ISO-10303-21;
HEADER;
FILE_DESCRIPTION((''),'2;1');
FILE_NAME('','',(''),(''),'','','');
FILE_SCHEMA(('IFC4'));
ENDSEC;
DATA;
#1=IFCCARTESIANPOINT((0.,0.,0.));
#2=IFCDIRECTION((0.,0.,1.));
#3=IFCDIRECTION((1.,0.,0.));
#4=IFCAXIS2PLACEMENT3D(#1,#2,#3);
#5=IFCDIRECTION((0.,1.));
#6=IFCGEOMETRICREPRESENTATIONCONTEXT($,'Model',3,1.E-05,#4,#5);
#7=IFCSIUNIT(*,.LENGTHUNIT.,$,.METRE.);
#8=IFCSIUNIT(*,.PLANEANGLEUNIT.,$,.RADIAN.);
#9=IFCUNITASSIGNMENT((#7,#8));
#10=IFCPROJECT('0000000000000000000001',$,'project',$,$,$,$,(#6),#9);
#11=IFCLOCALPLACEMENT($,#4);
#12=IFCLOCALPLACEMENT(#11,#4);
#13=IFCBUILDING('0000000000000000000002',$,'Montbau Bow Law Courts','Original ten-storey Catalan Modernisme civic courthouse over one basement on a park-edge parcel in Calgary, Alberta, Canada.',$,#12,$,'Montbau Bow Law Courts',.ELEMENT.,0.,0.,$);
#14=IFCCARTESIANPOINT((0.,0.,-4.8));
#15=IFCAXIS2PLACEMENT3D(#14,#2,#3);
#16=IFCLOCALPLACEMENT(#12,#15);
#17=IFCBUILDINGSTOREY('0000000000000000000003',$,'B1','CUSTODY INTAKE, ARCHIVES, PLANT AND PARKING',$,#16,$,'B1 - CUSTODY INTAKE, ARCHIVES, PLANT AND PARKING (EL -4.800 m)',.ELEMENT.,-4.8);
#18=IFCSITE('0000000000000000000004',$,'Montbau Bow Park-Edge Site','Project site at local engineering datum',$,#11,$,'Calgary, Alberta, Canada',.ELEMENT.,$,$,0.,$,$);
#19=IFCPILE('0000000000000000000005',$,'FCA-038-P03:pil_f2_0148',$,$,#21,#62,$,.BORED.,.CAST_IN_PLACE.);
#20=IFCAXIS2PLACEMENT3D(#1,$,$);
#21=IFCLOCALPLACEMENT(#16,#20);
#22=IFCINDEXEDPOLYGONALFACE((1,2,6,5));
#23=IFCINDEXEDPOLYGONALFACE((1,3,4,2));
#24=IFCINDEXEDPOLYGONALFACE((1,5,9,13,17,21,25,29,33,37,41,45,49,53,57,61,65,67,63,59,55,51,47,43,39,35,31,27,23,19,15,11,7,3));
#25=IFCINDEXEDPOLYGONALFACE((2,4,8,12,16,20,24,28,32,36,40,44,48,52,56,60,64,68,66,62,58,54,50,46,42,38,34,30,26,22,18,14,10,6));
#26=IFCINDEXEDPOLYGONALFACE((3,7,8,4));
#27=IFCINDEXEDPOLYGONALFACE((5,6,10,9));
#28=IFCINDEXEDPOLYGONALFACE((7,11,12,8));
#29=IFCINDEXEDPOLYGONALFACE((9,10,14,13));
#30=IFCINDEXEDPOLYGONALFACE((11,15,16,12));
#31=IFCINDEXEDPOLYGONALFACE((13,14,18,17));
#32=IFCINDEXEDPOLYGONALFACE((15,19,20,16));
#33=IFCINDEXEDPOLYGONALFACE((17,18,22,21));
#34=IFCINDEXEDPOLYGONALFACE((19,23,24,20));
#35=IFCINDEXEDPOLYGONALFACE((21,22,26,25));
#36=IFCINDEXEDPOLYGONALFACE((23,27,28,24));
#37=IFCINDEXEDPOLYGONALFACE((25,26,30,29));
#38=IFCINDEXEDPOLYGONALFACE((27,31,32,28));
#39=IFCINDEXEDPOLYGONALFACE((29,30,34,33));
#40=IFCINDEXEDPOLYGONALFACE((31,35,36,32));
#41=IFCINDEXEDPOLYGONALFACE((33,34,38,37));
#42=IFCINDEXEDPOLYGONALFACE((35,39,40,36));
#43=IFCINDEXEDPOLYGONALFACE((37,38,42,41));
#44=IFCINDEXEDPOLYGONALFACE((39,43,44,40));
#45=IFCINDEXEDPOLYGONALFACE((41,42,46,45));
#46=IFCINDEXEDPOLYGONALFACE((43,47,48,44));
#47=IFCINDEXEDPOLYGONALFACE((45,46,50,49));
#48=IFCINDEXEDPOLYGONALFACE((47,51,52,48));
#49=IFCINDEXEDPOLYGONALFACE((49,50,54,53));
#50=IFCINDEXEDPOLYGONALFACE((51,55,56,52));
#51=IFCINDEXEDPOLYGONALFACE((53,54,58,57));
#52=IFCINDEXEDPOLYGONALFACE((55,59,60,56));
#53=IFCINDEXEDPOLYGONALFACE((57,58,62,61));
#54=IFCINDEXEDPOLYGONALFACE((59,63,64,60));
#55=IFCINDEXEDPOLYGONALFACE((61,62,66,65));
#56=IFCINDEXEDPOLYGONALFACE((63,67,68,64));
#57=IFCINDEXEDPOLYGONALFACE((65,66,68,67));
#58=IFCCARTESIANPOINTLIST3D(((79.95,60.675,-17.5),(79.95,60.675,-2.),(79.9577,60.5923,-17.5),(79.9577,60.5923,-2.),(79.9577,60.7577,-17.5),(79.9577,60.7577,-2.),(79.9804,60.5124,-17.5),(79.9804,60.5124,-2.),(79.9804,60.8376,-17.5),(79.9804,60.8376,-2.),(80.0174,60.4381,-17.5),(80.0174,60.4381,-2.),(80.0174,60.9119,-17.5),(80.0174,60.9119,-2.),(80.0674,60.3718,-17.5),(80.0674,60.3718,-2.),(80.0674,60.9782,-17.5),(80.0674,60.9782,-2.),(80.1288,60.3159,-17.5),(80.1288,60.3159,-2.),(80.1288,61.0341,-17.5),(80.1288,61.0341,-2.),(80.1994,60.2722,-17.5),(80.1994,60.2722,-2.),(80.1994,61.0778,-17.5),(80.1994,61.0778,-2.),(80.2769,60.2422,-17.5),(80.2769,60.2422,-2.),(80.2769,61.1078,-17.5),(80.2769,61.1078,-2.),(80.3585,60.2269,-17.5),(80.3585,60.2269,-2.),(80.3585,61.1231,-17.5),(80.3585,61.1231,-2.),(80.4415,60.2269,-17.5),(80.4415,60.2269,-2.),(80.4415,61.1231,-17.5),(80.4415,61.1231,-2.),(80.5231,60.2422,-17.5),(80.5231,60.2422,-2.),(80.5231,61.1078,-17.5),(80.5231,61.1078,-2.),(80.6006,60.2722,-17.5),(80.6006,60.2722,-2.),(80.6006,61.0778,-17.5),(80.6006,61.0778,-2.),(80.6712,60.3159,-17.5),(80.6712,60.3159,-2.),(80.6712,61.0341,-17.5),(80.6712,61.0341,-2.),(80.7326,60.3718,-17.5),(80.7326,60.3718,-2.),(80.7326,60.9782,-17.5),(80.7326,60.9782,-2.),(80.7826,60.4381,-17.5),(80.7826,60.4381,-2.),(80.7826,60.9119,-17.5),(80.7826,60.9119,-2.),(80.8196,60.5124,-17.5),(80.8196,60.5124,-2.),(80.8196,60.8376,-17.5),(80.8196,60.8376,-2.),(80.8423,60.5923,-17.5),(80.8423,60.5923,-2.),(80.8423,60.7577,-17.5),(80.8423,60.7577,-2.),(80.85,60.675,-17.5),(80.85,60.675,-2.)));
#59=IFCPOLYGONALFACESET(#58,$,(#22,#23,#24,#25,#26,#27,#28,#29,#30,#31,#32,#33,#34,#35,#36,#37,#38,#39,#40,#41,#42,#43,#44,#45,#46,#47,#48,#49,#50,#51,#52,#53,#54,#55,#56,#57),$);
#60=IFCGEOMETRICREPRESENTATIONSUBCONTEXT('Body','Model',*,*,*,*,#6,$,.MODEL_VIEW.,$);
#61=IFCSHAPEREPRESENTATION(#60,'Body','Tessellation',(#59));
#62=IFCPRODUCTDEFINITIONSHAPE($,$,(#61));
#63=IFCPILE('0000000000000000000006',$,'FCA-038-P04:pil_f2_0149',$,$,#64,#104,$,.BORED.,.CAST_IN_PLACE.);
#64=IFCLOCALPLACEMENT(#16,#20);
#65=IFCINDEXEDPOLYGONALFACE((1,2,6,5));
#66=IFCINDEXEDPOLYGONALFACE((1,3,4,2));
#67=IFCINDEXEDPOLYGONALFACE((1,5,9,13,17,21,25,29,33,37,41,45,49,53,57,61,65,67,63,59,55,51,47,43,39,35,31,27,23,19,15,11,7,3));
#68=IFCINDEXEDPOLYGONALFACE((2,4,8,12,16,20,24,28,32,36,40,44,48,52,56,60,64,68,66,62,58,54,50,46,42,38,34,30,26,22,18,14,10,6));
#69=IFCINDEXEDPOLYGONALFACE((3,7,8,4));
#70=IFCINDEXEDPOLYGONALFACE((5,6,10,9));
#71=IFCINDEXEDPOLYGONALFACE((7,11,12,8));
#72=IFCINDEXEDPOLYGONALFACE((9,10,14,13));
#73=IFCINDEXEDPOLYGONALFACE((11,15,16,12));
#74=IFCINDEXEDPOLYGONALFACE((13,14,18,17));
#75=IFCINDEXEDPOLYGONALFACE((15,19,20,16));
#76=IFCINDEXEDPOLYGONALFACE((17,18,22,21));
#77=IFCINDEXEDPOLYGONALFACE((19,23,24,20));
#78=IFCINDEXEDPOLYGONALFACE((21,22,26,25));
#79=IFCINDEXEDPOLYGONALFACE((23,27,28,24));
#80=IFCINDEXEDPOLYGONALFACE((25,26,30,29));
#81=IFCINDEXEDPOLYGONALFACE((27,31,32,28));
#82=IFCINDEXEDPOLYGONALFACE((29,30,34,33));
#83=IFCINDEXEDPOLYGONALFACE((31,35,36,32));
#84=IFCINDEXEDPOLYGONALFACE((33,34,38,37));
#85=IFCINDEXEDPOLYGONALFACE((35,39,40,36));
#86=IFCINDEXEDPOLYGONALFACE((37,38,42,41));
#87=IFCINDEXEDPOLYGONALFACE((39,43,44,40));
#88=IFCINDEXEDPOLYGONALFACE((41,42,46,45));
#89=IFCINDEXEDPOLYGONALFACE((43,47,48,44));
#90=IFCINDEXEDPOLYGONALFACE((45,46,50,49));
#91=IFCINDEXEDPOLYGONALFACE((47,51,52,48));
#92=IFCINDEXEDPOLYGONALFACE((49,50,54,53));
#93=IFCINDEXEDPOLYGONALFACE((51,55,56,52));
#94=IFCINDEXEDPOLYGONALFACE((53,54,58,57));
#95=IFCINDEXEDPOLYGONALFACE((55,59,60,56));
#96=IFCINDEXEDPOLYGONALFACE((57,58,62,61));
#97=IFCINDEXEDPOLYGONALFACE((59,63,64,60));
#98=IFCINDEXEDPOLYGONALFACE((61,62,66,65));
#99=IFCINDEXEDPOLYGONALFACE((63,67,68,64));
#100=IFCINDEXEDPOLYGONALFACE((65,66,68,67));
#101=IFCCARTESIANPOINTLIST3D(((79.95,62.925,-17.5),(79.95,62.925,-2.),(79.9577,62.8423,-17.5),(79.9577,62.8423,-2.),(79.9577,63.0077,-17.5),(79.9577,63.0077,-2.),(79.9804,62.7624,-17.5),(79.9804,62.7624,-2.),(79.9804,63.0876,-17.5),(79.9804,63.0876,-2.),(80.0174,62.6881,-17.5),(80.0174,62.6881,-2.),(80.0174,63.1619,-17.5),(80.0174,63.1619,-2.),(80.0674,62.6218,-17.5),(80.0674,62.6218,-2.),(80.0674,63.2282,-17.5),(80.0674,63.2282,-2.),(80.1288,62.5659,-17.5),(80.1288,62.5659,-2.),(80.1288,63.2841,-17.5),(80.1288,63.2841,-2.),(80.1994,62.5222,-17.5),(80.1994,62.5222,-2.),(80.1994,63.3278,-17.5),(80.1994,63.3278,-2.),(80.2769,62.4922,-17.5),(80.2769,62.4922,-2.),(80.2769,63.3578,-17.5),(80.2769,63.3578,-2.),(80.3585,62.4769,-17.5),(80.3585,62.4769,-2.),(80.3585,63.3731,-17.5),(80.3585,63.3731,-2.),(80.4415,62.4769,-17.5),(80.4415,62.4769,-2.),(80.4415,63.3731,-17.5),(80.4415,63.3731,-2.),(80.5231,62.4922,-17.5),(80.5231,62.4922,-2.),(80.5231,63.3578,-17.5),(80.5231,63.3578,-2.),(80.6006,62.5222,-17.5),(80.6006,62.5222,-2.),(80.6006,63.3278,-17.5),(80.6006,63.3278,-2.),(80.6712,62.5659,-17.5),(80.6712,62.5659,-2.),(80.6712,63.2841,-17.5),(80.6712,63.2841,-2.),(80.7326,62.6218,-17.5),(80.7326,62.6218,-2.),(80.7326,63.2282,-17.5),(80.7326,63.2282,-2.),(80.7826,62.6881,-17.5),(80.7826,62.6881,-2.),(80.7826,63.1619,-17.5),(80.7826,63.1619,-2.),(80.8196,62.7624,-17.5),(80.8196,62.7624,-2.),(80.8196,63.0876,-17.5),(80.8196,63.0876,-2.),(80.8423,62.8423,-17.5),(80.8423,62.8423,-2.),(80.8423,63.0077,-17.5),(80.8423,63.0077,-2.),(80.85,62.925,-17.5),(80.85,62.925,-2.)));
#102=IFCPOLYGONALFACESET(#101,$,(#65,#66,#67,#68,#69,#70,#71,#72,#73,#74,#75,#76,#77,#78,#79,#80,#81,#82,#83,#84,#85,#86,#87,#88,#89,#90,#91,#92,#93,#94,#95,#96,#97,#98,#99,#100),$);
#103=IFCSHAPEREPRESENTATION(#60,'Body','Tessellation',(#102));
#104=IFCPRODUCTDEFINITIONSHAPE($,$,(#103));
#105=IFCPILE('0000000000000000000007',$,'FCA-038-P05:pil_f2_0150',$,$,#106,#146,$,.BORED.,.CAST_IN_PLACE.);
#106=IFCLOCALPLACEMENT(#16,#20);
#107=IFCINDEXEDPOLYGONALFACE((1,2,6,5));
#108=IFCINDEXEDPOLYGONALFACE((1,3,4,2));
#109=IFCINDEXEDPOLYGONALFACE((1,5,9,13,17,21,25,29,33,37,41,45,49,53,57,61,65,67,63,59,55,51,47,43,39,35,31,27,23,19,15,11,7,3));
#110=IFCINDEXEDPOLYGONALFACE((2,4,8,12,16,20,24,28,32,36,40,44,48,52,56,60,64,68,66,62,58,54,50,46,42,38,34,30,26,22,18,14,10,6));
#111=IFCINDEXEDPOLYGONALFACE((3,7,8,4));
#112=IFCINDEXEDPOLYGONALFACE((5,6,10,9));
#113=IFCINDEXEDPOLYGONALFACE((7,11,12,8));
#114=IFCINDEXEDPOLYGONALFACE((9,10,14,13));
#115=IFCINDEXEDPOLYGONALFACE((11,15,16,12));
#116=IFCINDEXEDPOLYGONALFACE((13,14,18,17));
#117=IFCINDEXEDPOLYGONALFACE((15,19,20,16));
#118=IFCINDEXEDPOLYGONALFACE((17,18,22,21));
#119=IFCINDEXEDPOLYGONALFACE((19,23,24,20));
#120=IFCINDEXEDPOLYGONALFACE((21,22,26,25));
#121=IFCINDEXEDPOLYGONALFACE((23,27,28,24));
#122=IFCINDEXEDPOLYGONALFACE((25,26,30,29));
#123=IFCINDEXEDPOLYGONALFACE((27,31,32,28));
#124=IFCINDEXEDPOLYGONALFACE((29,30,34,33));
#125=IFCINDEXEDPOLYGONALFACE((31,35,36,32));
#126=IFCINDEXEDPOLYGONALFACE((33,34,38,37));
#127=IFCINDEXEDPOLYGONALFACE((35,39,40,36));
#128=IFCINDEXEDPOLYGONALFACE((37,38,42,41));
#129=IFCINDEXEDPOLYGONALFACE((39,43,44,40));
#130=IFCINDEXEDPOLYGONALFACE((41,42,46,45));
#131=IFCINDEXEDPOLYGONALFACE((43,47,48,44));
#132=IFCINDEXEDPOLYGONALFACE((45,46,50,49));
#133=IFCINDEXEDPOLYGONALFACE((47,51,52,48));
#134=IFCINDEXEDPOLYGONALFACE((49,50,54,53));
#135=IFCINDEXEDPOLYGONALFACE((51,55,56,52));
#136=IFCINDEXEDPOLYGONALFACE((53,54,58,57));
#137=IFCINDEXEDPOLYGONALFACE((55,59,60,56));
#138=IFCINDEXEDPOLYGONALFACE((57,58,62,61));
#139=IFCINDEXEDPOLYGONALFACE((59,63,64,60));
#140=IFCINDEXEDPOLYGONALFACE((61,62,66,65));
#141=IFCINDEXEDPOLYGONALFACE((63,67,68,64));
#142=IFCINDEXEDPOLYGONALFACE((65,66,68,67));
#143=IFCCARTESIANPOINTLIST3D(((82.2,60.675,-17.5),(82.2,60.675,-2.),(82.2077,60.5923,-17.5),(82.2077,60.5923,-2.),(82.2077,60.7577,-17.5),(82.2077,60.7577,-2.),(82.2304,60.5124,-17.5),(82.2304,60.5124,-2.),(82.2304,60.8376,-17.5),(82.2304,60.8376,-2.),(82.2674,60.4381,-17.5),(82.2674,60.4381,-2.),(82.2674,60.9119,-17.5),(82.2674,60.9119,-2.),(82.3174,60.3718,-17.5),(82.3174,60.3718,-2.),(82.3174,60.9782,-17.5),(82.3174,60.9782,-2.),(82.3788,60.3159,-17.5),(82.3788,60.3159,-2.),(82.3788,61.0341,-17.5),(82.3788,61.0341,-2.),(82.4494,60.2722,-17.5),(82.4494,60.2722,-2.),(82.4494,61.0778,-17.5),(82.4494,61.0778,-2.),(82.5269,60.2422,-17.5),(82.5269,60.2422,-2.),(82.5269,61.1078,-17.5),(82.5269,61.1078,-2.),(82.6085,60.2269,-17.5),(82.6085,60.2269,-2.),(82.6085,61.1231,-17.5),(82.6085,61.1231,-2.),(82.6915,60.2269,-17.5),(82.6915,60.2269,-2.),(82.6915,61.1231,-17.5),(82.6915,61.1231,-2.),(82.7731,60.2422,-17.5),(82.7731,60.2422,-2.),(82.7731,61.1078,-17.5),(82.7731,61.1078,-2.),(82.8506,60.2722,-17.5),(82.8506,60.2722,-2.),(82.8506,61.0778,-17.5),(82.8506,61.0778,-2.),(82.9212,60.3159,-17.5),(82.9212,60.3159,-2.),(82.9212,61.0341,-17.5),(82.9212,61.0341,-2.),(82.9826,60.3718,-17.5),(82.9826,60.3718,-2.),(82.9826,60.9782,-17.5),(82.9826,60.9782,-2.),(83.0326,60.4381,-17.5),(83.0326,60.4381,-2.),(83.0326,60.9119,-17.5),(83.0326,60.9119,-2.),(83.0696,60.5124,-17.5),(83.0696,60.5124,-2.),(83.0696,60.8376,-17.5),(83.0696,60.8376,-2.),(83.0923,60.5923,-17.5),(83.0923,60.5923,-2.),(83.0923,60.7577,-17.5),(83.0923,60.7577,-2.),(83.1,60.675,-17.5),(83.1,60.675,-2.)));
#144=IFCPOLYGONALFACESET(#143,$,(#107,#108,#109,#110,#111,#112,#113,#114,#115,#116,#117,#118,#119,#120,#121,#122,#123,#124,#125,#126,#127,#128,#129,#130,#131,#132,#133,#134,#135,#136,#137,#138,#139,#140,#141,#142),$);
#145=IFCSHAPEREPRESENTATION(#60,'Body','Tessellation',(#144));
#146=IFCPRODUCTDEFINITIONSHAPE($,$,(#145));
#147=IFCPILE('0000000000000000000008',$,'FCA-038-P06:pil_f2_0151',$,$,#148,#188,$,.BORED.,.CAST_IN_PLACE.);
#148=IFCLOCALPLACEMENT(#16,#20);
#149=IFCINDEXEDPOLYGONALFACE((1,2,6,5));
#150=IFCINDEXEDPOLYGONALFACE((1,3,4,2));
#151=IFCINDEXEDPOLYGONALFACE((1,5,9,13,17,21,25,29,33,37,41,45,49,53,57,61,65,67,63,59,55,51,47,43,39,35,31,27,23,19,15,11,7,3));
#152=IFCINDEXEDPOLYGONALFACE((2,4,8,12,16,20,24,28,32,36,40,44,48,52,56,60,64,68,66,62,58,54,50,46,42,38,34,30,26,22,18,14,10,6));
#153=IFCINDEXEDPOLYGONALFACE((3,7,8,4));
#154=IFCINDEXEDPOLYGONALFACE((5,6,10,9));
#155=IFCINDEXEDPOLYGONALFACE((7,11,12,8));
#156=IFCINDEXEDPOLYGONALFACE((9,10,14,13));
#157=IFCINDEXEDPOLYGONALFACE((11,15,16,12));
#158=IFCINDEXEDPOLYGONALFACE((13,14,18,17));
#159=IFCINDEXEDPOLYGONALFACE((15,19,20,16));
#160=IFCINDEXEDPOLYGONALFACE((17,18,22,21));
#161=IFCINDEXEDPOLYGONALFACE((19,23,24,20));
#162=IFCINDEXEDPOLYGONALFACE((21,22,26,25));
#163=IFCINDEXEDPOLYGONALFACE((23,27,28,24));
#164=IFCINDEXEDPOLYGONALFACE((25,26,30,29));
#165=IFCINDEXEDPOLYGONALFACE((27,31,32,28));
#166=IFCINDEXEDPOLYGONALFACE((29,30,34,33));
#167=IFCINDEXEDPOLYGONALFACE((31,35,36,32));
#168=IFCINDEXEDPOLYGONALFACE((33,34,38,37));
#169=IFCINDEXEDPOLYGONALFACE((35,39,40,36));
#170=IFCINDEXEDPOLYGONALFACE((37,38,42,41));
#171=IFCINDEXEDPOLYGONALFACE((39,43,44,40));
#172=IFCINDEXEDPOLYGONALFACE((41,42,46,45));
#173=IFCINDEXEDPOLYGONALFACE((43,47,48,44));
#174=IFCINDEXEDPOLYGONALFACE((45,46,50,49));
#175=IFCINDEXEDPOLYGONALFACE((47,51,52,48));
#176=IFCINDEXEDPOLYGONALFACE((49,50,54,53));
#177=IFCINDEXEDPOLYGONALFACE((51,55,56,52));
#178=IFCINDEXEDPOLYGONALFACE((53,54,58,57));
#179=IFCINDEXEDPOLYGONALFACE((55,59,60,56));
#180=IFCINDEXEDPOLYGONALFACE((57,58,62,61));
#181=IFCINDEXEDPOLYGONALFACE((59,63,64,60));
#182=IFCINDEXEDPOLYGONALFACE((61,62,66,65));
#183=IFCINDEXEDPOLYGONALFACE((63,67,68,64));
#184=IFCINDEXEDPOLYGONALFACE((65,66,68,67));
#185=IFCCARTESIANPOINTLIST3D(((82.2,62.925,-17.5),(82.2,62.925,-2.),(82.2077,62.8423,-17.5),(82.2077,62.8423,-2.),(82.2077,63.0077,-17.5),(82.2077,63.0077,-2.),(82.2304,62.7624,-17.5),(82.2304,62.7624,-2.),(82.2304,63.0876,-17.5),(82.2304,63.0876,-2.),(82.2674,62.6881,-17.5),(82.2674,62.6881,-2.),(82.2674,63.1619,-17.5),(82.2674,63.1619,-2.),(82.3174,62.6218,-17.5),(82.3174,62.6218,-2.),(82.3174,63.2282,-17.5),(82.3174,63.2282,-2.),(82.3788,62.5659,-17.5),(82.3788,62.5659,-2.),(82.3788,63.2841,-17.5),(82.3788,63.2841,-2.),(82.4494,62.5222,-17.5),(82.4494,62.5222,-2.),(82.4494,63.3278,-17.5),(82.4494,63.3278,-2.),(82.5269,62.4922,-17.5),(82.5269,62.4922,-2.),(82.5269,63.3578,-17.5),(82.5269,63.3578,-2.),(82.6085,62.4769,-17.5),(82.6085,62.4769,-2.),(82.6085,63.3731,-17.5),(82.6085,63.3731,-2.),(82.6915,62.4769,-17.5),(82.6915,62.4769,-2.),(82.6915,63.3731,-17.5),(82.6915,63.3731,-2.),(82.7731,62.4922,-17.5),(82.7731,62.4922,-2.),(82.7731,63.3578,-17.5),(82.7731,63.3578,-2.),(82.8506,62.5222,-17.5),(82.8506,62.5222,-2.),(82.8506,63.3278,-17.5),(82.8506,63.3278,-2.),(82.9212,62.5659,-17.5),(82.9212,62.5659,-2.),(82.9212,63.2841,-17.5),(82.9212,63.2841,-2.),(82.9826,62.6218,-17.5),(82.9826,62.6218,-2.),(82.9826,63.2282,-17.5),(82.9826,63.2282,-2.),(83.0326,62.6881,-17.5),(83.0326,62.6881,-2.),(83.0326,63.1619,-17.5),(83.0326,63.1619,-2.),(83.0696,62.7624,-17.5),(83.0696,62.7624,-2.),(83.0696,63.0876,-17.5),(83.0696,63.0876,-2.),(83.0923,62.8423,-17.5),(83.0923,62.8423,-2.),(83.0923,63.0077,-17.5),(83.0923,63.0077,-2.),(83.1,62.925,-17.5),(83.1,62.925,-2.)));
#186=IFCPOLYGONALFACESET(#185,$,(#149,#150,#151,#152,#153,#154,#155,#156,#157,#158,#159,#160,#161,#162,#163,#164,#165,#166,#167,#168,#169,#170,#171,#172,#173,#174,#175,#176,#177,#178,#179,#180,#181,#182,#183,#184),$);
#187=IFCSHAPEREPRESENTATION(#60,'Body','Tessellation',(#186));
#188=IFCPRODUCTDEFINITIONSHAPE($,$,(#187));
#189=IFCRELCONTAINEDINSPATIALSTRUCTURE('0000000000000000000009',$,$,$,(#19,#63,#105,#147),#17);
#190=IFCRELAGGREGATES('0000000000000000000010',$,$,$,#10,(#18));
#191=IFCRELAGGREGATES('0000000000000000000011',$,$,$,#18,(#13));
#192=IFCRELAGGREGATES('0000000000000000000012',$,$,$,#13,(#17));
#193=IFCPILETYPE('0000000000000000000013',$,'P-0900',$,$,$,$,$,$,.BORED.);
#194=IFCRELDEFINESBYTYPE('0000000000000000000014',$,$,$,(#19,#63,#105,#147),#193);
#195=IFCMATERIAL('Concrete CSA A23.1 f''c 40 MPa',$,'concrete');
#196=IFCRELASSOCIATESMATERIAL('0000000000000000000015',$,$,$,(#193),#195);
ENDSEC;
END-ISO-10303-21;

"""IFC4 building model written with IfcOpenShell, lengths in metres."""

from ifc_helpers import new_model, si_unit, direction, frame, origin_with_axes, origin_2d_with_axis, place, context, subcontext, project, spatial, circle, extrude, material, material_profile, profile_set, type_object, element, save


model = new_model("IFC4")

# Units and contexts
model_context = context("Model", 3, precision=1e-05, world=origin_with_axes(), true_north=direction((0.0, 1.0)))
body_context = subcontext(model_context, "Body", "Model", "MODEL_VIEW")
ifc_project = project(units=[si_unit("LENGTHUNIT", "METRE"), si_unit("PLANEANGLEUNIT", "RADIAN")], contexts=[model_context])

# Site, building, storey
site_placement = place(None, origin_with_axes())
site = spatial("IfcSite", under=ifc_project, at=site_placement, Name="Montbau Bow Park-Edge Site", Description="Project site at local engineering datum", LongName="Calgary, Alberta, Canada", CompositionType="ELEMENT", RefElevation=0.0)
building_placement = place(site_placement, origin_with_axes())
building = spatial("IfcBuilding", under=site, at=building_placement, Name="Montbau Bow Law Courts", Description="Original ten-storey Catalan Modernisme civic courthouse over one basement on a park-edge parcel in Calgary, Alberta, Canada.", LongName="Montbau Bow Law Courts", CompositionType="ELEMENT", ElevationOfRefHeight=0.0, ElevationOfTerrain=0.0)
storey_placement = place(building_placement, frame((0.0, 0.0, -4.8), z_axis=(0.0, 0.0, 1.0), x_axis=(1.0, 0.0, 0.0)))
storey = spatial("IfcBuildingStorey", under=building, at=storey_placement, Name="B1", Description="CUSTODY INTAKE, ARCHIVES, PLANT AND PARKING", LongName="B1 - CUSTODY INTAKE, ARCHIVES, PLANT AND PARKING (EL -4.800 m)", CompositionType="ELEMENT", Elevation=-4.8)

# Piles
ifc_material_1 = material(Name="Concrete CSA A23.1 f'c 40 MPa", Category="concrete")
ifc_material_profile_1 = material_profile(ifc_material_1, circle(Radius=0.45, at=origin_2d_with_axis()), Name="BP900", Category="Main", Priority=0)
ifc_profile_set_1 = profile_set([ifc_material_profile_1], Name="Concrete CSA A23.1 f'c 40 MPa")
pile_type_1 = type_object("IfcPileType", Name="P-0900", PredefinedType="BORED", material=ifc_profile_set_1)
for number, where, z_axis, x_axis, name in (
    (1, (80.4, 60.675, -22.3), (0.0, 0.0, 1.0), (1.0, 0.0, 0.0), "FCA-038-P03:pil_f2_0148"),
    (2, (80.4, 62.925, -22.3), (0.0, 0.0, 1.0), (1.0, 0.0, 0.0), "FCA-038-P04:pil_f2_0149"),
    (3, (82.65, 60.675, -22.3), (0.0, 0.0, 1.0), (1.0, 0.0, 0.0), "FCA-038-P05:pil_f2_0150"),
    (4, (82.65, 62.925, -22.3), (0.0, 0.0, 1.0), (1.0, 0.0, 0.0), "FCA-038-P06:pil_f2_0151"),
):
    element("IfcPile", number, at=place(None, frame(where, z_axis=z_axis, x_axis=x_axis)), inside=storey, type_object=pile_type_1, Name=name, ConstructionType="CAST_IN_PLACE", PredefinedType="BORED", context=body_context, shape_type="SweptSolid", body=[
        extrude(circle(Radius=0.45, at=origin_2d_with_axis()), origin_with_axes(), (0.0, 0.0, 1.0), 15.5),
    ])

save(model, "model.ifc")
